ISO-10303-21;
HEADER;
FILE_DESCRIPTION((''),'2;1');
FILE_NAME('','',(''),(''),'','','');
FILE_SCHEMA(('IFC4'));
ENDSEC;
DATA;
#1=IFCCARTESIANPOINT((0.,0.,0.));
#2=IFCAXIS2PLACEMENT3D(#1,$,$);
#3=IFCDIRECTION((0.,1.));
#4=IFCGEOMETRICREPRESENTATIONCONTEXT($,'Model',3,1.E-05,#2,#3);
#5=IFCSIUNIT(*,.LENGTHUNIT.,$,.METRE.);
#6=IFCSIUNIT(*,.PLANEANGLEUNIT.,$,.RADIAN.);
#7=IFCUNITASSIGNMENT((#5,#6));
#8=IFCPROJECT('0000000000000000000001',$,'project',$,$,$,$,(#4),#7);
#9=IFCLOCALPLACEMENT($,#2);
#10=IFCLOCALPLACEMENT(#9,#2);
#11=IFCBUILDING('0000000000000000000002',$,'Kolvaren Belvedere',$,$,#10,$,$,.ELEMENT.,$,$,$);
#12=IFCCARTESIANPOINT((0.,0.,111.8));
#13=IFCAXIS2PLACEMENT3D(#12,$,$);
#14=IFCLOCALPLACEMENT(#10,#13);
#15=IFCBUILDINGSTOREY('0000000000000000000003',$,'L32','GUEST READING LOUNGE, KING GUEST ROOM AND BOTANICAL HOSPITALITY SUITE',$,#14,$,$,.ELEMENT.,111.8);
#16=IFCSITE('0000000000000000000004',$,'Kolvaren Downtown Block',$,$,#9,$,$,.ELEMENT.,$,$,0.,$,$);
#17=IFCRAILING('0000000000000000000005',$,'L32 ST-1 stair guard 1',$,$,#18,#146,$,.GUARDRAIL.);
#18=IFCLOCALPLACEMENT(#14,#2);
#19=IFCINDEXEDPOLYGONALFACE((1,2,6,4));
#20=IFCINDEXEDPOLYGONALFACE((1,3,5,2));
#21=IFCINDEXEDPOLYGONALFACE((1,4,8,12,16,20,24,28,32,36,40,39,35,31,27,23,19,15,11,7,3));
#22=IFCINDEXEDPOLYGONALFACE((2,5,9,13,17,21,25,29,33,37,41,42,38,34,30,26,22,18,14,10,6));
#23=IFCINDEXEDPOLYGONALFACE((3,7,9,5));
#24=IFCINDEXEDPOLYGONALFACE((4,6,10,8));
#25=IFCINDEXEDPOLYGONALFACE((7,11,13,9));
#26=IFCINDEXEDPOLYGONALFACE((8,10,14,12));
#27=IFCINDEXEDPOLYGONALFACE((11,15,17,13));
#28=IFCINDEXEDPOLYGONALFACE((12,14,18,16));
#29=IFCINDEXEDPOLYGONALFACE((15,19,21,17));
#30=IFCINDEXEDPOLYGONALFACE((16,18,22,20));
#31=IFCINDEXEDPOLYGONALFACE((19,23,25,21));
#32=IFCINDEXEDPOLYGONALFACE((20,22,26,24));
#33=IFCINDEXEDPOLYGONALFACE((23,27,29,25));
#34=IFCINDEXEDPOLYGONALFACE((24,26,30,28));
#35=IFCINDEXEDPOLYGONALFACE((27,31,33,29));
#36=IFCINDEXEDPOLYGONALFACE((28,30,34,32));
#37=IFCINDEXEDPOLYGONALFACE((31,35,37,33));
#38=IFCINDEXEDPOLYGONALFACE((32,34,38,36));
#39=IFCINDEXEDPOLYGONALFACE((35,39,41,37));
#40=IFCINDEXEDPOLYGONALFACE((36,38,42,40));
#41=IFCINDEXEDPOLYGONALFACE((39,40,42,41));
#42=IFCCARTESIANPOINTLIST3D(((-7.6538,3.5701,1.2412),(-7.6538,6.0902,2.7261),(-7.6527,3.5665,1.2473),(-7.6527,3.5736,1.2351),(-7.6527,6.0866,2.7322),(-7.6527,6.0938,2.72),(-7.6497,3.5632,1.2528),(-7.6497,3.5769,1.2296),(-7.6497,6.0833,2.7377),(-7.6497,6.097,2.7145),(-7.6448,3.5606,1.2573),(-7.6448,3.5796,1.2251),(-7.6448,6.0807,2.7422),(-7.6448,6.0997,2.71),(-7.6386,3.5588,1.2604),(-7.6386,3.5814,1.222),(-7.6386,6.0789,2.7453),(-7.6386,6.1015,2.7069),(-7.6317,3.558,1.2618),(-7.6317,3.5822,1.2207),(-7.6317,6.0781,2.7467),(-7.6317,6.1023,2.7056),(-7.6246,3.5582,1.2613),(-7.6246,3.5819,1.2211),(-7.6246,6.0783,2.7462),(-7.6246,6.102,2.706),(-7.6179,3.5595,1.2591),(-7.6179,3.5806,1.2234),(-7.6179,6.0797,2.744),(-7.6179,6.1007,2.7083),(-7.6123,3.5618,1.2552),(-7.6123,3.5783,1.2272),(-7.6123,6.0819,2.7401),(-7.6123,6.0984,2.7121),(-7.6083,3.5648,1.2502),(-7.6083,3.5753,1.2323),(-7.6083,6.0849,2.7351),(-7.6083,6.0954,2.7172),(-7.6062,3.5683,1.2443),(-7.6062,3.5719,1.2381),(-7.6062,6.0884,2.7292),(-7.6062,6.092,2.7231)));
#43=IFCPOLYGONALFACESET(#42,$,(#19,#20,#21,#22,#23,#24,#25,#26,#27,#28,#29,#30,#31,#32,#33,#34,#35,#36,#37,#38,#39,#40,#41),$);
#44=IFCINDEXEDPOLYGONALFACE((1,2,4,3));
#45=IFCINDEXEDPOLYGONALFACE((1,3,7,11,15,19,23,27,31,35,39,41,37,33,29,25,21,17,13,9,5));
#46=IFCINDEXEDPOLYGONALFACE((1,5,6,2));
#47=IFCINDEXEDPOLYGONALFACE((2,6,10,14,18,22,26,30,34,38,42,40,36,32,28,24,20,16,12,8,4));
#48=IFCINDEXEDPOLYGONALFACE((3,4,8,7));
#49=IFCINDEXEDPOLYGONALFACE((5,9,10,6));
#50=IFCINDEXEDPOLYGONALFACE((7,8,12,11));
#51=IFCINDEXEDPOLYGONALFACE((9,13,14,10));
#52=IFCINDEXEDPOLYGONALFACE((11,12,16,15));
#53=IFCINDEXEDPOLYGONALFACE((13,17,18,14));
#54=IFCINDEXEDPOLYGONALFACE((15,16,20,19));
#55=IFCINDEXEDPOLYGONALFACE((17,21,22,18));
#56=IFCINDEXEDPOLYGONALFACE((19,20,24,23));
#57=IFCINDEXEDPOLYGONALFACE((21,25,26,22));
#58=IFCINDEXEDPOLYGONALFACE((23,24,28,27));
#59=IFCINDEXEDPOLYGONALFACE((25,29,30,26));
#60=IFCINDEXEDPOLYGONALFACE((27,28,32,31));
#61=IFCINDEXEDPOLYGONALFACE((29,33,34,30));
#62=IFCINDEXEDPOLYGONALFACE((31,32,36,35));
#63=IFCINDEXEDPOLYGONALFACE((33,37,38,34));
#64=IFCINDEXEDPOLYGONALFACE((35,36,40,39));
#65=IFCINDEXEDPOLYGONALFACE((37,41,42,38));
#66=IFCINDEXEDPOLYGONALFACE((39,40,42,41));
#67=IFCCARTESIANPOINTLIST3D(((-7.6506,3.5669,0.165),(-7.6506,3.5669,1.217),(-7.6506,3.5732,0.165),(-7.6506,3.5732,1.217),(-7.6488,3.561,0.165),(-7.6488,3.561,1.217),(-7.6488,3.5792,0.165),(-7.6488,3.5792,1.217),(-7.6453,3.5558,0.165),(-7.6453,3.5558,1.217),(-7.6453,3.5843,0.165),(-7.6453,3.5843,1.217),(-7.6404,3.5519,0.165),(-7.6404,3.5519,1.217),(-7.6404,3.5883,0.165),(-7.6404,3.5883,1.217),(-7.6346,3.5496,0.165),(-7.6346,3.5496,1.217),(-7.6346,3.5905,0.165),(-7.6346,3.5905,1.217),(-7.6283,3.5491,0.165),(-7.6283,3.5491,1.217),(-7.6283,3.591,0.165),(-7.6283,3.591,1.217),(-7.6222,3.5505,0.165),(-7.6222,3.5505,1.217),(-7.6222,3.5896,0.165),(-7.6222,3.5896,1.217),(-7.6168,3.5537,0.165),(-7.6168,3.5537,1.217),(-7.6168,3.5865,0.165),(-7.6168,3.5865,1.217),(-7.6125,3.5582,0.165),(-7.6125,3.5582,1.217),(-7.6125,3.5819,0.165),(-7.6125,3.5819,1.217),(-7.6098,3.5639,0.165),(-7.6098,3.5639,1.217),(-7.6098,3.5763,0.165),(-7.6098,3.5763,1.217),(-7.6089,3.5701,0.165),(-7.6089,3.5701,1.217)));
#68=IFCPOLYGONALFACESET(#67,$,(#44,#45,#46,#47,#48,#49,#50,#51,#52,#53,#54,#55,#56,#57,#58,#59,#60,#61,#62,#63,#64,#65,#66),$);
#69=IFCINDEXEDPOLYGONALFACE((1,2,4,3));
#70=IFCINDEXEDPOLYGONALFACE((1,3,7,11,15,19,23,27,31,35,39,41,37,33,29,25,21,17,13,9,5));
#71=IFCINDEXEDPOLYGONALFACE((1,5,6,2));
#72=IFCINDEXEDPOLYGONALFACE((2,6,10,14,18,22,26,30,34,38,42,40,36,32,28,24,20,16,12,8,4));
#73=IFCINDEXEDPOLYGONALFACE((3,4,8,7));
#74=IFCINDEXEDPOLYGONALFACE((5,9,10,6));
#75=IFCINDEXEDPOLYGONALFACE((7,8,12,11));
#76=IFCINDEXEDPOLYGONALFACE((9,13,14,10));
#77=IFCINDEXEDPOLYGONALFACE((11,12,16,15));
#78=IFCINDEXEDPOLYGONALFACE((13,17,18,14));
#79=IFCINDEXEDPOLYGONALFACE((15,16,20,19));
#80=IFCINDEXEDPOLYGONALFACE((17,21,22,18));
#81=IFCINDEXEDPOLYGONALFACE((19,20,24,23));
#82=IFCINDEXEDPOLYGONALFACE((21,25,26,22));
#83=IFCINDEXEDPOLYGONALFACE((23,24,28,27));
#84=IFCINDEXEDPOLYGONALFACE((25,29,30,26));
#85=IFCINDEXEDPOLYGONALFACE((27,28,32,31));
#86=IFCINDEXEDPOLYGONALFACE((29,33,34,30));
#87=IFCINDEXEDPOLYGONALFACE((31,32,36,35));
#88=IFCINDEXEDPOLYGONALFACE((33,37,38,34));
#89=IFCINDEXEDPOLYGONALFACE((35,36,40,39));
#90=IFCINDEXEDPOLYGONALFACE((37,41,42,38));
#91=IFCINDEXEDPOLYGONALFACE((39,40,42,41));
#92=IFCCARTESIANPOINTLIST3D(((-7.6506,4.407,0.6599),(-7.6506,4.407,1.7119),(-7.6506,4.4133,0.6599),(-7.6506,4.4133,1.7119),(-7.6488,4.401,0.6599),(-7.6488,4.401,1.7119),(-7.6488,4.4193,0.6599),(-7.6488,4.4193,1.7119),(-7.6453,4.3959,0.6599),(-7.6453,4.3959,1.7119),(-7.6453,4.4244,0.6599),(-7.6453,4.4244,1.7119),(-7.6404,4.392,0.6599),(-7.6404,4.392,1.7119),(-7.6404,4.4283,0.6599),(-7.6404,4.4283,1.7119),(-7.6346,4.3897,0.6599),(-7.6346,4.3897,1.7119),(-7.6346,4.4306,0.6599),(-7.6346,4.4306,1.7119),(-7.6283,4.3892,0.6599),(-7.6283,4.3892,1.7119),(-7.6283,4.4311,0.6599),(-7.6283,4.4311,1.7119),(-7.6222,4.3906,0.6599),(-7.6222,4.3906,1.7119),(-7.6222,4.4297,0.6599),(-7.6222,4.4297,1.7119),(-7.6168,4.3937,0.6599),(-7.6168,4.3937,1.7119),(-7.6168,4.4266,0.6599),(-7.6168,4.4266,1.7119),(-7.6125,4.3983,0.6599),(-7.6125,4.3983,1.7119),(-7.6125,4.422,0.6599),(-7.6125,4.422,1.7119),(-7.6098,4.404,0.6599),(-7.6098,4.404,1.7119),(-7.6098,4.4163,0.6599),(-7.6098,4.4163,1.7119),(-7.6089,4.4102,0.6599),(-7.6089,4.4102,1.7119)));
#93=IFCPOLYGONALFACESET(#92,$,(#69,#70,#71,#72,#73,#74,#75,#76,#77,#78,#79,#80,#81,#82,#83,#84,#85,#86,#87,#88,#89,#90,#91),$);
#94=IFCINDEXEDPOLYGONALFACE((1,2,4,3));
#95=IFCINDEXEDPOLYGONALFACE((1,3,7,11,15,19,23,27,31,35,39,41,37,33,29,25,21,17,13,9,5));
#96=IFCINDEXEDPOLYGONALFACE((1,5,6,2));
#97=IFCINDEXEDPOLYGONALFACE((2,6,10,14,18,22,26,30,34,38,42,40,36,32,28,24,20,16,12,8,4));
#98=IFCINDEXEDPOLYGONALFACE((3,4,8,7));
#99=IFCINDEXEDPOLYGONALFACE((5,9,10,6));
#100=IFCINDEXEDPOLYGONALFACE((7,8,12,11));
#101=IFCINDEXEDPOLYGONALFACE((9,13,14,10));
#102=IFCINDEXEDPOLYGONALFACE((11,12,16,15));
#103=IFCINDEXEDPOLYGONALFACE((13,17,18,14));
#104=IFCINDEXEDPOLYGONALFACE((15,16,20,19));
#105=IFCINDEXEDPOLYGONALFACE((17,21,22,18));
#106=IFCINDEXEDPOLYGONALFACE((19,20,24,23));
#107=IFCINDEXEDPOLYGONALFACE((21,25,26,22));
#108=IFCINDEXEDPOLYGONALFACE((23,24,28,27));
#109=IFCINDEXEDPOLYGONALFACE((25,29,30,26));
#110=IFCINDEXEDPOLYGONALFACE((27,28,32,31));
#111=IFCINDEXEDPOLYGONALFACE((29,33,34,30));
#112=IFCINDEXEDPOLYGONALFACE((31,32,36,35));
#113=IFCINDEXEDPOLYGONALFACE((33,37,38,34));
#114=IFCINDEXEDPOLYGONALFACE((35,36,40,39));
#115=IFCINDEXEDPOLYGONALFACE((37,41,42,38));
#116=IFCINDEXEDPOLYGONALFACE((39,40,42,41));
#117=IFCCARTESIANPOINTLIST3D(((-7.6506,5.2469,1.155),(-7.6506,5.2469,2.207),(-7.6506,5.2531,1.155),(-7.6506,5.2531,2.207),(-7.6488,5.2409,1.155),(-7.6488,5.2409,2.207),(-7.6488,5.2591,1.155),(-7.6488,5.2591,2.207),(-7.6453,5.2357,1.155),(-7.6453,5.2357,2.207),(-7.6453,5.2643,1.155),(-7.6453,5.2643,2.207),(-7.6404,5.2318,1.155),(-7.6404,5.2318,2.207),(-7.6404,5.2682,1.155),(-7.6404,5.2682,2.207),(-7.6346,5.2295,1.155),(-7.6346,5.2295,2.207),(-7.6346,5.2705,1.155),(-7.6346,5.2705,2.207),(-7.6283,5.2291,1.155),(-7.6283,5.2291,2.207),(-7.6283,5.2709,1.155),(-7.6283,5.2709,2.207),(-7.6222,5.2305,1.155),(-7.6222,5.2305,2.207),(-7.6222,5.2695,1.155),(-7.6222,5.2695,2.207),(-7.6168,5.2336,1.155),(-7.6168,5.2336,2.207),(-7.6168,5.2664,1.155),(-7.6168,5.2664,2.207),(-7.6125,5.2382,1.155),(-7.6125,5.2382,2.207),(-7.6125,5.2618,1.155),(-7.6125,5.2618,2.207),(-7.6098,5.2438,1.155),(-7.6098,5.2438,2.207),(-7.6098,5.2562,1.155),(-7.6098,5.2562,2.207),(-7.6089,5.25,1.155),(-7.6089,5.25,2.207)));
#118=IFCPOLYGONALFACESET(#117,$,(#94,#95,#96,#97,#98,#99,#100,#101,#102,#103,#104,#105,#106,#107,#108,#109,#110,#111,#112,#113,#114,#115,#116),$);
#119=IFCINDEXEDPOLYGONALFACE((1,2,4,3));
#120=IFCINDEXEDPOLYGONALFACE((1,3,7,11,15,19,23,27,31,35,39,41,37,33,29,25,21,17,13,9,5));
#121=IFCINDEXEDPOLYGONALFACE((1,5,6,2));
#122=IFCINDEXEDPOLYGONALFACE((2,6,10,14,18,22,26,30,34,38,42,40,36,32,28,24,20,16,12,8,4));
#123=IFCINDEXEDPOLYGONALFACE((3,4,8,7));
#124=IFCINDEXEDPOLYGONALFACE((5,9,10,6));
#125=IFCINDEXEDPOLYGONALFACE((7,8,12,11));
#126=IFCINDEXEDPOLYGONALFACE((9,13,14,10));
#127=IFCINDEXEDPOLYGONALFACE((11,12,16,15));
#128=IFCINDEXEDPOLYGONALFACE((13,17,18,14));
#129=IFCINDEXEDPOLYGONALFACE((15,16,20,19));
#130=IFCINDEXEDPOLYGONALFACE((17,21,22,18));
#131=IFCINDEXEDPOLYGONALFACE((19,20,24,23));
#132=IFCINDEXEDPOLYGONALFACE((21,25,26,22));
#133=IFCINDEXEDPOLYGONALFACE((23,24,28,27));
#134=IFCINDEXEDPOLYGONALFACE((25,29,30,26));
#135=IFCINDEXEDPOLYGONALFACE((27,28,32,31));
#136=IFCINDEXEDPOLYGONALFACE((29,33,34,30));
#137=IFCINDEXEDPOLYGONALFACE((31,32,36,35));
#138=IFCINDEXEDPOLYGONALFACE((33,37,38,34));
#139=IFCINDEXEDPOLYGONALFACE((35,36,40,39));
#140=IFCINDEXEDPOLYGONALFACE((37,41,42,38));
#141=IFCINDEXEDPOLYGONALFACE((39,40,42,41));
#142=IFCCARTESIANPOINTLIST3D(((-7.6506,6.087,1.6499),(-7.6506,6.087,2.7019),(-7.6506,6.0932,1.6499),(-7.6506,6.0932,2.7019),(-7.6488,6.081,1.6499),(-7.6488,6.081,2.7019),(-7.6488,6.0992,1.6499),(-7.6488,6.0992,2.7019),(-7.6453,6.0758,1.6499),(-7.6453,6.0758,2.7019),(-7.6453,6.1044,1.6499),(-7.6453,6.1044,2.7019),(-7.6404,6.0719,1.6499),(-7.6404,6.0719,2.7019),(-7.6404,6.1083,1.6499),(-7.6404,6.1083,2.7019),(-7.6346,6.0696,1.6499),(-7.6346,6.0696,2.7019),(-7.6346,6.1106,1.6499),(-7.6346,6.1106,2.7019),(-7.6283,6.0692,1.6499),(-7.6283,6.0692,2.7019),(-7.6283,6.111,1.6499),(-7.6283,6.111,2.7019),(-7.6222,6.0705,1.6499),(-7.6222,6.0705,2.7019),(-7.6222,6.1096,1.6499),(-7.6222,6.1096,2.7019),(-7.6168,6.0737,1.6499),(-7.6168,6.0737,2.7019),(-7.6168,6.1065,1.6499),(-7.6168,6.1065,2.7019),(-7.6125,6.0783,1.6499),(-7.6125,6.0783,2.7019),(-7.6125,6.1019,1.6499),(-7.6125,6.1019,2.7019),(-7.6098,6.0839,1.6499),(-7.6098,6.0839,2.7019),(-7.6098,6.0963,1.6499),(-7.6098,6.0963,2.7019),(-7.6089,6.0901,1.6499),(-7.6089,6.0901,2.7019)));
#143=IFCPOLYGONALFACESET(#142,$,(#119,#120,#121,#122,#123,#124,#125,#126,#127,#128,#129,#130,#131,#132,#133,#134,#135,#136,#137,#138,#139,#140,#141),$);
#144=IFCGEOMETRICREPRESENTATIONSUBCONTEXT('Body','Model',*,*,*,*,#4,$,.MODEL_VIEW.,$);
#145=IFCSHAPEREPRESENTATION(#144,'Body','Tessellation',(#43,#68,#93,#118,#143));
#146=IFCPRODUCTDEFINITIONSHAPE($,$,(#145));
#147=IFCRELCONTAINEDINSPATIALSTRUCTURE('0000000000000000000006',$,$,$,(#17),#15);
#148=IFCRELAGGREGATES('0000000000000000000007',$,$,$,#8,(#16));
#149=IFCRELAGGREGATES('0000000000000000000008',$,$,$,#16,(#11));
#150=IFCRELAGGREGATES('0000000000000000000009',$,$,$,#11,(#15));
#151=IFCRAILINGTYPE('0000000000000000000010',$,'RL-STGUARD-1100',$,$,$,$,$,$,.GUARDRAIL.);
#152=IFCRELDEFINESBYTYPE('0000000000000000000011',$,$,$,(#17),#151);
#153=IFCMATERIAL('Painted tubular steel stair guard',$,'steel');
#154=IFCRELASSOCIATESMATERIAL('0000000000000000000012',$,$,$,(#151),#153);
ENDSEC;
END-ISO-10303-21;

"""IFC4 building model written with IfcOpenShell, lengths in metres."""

from ifc_helpers import new_model, si_unit, direction, frame, origin, origin_2d, place, context, subcontext, project, spatial, circle, extrude, material, type_object, element, save


model = new_model("IFC4")

# Units and contexts
model_context = context("Model", 3, precision=1e-05, world=origin(), true_north=direction((0.0, 1.0)))
body_context = subcontext(model_context, "Body", "Model", "MODEL_VIEW")
ifc_project = project(units=[si_unit("LENGTHUNIT", "METRE"), si_unit("PLANEANGLEUNIT", "RADIAN")], contexts=[model_context])

# Site, building, storey
site_placement = place(None, origin())
site = spatial("IfcSite", under=ifc_project, at=site_placement, Name="Kolvaren Downtown Block", CompositionType="ELEMENT", RefElevation=0.0)
building_placement = place(site_placement, origin())
building = spatial("IfcBuilding", under=site, at=building_placement, Name="Kolvaren Belvedere", CompositionType="ELEMENT")
storey_placement = place(building_placement, frame((0.0, 0.0, 111.8)))
storey = spatial("IfcBuildingStorey", under=building, at=storey_placement, Name="L32", Description="GUEST READING LOUNGE, KING GUEST ROOM AND BOTANICAL HOSPITALITY SUITE", CompositionType="ELEMENT", Elevation=111.8)

# Railing
ifc_material_1 = material(Name="Painted tubular steel stair guard", Category="steel")
railing_type_1 = type_object("IfcRailingType", Name="RL-STGUARD-1100", PredefinedType="GUARDRAIL", material=ifc_material_1)
railing_1_placement = place(storey_placement, frame((-7.6299, 3.5701, 0.165)))
element("IfcRailing", 1, at=railing_1_placement, inside=storey, type_object=railing_type_1, Name="L32 ST-1 stair guard 1", PredefinedType="GUARDRAIL", context=body_context, shape_type="SweptSolid", body=[
    extrude(circle(Radius=0.0239, at=origin_2d()), frame((0.0, 0.0, 1.0762), z_axis=(0.0, 0.861561, 0.507655), x_axis=(-1.0, 0.0, 0.0)), (0.0, 0.0, 1.0), 2.925),
    extrude(circle(Radius=0.021, at=origin_2d()), origin(), (0.0, 0.0, 1.0), 1.052),
    extrude(circle(Radius=0.021, at=origin_2d()), frame((0.0, 0.8401, 0.4949)), (0.0, 0.0, 1.0), 1.052),
    extrude(circle(Radius=0.021, at=origin_2d()), frame((0.0, 1.6799, 0.99)), (0.0, 0.0, 1.0), 1.052),
    extrude(circle(Radius=0.021, at=origin_2d()), frame((0.0, 2.52, 1.4849)), (0.0, 0.0, 1.0), 1.052),
])

save(model, "model.ifc")
